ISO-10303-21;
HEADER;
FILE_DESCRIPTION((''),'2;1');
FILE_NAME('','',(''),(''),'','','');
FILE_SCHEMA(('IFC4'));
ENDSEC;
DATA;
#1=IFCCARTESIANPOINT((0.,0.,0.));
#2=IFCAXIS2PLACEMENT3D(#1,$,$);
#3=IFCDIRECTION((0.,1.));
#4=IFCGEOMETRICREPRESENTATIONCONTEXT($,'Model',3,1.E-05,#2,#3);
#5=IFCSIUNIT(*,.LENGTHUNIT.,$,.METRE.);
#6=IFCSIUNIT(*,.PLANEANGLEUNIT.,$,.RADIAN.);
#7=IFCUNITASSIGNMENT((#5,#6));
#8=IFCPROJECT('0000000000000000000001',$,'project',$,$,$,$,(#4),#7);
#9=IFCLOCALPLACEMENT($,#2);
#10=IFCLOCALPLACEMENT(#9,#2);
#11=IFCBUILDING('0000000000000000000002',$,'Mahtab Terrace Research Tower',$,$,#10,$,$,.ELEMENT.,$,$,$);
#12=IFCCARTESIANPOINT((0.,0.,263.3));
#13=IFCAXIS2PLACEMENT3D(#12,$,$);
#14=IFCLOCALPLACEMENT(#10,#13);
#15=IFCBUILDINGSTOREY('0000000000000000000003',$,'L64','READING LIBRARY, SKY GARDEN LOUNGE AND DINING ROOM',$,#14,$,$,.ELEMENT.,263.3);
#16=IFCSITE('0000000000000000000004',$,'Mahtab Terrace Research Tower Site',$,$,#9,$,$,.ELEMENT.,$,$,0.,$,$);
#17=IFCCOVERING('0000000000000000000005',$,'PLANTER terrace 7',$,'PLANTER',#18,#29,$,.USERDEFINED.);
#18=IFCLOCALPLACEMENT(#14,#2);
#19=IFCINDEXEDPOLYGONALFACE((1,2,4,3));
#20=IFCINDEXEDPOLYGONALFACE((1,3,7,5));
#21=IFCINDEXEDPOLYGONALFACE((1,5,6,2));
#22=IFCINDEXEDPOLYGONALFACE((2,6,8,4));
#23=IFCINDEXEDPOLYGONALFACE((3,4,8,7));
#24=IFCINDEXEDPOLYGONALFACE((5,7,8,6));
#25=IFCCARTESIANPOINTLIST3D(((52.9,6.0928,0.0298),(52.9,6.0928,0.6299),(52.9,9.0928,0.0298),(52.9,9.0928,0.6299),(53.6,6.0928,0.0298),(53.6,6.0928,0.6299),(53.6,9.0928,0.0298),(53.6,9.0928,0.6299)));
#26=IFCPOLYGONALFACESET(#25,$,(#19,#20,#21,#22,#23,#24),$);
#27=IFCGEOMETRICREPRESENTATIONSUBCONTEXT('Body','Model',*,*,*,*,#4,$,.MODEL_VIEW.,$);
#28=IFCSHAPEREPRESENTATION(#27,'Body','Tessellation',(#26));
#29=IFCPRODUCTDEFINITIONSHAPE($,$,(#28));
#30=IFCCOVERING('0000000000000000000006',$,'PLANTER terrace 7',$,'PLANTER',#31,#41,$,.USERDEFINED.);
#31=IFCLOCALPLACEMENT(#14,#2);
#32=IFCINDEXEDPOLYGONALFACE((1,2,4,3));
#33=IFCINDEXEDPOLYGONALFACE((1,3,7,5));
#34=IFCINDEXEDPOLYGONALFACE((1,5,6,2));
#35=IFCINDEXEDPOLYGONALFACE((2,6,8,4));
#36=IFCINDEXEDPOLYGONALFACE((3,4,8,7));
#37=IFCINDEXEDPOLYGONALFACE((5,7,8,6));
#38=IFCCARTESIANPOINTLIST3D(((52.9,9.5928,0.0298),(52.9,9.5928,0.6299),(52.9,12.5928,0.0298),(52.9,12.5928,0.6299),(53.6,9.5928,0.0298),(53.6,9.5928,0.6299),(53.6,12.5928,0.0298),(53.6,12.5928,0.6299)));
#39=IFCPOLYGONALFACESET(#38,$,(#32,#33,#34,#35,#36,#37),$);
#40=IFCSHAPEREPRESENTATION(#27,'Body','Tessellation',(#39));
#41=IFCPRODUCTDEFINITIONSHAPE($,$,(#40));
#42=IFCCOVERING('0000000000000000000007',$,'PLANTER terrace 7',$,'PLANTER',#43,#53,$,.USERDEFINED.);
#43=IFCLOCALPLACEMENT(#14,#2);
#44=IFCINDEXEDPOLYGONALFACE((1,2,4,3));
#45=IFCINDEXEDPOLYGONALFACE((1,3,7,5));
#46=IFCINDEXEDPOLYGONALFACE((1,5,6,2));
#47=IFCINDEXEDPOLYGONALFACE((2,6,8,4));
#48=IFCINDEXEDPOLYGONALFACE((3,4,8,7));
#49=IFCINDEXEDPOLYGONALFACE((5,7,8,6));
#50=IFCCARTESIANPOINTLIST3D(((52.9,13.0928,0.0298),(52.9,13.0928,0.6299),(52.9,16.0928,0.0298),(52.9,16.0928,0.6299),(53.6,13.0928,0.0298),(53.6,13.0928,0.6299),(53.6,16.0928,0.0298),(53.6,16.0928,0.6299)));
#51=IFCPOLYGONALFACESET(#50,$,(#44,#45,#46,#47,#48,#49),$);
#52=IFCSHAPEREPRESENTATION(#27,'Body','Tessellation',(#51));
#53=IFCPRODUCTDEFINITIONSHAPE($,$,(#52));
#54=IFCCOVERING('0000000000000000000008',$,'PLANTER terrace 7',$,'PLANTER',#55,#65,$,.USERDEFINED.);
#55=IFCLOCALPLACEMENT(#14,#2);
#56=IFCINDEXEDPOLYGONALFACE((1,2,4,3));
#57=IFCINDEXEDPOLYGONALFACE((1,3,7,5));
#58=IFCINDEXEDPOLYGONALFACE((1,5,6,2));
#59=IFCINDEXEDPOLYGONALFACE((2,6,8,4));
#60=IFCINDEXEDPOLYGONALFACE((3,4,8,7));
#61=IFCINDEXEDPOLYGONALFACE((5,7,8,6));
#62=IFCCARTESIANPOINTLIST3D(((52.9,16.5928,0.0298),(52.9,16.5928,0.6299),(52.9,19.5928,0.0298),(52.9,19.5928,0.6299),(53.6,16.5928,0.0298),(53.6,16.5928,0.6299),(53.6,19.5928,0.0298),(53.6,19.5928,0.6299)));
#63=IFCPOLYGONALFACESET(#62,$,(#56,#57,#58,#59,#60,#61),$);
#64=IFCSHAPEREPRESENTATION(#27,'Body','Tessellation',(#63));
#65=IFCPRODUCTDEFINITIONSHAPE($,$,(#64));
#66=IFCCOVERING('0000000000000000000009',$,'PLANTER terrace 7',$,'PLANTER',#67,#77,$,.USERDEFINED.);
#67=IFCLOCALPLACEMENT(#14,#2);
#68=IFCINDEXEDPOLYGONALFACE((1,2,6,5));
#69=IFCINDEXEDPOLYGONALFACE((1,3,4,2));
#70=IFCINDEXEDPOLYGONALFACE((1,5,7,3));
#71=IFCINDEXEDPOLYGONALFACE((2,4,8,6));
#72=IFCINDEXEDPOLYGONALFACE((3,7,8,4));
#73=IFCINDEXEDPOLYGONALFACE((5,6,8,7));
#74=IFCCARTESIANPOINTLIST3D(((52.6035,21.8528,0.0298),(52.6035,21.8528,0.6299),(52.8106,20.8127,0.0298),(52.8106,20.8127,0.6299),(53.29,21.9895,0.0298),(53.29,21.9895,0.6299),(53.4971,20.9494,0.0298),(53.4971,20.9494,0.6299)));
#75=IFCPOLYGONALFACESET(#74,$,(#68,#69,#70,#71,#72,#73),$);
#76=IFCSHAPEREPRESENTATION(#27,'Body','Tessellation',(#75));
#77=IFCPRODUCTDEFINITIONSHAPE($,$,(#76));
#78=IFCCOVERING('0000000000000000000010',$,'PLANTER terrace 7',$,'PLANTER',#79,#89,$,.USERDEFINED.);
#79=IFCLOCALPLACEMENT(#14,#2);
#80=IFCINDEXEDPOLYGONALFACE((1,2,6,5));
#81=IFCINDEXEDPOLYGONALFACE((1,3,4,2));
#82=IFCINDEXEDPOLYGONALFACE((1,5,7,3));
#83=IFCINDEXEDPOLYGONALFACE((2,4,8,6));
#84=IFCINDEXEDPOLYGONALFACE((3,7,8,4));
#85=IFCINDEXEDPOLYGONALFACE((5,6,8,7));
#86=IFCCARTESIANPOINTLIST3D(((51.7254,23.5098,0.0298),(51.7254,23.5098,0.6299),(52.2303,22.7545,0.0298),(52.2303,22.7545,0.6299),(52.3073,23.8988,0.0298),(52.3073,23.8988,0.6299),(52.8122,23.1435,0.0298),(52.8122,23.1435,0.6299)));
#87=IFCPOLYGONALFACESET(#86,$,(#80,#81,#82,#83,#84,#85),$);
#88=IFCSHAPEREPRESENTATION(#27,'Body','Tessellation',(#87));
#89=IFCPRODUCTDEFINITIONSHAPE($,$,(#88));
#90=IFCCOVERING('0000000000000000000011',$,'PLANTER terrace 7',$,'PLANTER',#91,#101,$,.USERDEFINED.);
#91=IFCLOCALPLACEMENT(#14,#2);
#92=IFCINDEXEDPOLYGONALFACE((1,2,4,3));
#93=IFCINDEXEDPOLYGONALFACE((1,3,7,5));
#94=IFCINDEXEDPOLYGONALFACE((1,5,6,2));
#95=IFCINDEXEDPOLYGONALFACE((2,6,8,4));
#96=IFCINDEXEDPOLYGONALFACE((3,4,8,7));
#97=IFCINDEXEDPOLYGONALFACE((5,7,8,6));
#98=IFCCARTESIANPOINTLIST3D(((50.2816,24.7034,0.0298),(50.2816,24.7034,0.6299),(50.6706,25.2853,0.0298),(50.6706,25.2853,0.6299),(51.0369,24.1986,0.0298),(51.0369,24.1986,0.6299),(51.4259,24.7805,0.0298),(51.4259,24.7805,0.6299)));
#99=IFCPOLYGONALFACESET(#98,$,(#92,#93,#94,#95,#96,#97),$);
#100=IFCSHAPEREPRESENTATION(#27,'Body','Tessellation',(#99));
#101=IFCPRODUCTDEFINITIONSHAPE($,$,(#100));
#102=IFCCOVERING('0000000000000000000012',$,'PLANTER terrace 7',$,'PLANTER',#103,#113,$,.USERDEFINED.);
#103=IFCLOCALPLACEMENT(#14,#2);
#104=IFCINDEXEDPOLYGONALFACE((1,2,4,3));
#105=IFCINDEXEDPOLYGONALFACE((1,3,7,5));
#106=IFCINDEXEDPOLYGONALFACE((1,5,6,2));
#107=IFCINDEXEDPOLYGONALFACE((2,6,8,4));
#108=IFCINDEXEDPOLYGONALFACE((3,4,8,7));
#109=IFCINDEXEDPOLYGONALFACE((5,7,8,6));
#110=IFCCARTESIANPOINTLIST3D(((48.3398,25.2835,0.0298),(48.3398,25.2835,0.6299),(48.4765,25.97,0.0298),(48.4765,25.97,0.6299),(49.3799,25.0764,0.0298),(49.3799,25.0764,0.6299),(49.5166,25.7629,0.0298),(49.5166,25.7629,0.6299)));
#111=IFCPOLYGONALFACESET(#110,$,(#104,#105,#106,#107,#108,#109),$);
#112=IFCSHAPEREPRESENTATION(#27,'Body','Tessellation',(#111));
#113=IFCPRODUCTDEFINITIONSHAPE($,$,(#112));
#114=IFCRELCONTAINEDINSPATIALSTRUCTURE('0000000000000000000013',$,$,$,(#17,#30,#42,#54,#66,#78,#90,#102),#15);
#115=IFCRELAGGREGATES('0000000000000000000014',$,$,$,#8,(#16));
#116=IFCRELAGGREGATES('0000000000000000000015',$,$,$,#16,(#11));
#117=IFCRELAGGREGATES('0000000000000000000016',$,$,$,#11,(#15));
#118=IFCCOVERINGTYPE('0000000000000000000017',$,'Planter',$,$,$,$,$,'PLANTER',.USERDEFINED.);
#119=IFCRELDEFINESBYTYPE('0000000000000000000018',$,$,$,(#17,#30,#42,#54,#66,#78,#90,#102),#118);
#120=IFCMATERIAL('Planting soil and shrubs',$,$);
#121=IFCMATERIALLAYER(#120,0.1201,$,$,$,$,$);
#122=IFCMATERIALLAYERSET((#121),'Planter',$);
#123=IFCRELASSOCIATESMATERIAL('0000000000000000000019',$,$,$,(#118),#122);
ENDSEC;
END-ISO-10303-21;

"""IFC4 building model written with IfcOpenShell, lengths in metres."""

from ifc_helpers import new_model, si_unit, direction, frame, origin, origin_2d, place, context, subcontext, project, spatial, rectangle, extrude, material, layer, layer_set, type_object, element, save


model = new_model("IFC4")

# Units and contexts
model_context = context("Model", 3, precision=1e-05, world=origin(), true_north=direction((0.0, 1.0)))
body_context = subcontext(model_context, "Body", "Model", "MODEL_VIEW")
ifc_project = project(units=[si_unit("LENGTHUNIT", "METRE"), si_unit("PLANEANGLEUNIT", "RADIAN")], contexts=[model_context])

# Site, building, storey
site_placement = place(None, origin())
site = spatial("IfcSite", under=ifc_project, at=site_placement, Name="Mahtab Terrace Research Tower Site", CompositionType="ELEMENT", RefElevation=0.0)
building_placement = place(site_placement, origin())
building = spatial("IfcBuilding", under=site, at=building_placement, Name="Mahtab Terrace Research Tower", CompositionType="ELEMENT")
storey_placement = place(building_placement, frame((0.0, 0.0, 263.3)))
storey = spatial("IfcBuildingStorey", under=building, at=storey_placement, Name="L64", Description="READING LIBRARY, SKY GARDEN LOUNGE AND DINING ROOM", CompositionType="ELEMENT", Elevation=263.3)

# Coverings
ifc_material_1 = material(Name="Planting soil and shrubs")
ifc_layer_1 = layer(ifc_material_1, 0.1201)
ifc_layer_set_1 = layer_set([ifc_layer_1], Name="Planter")
covering_type_1 = type_object("IfcCoveringType", Name="Planter", ElementType="PLANTER", PredefinedType="USERDEFINED", material=ifc_layer_set_1)
for number, where, z_axis, x_axis, name in (
    (1, (53.25, 7.5928, 0.0298), (0.0, 0.0, 1.0), (0.0, 1.0, 0.0), "PLANTER terrace 7"),
    (2, (53.25, 11.0928, 0.0298), (0.0, 0.0, 1.0), (0.0, 1.0, 0.0), "PLANTER terrace 7"),
    (3, (53.25, 14.5928, 0.0298), (0.0, 0.0, 1.0), (0.0, 1.0, 0.0), "PLANTER terrace 7"),
    (4, (53.25, 18.0928, 0.0298), (0.0, 0.0, 1.0), (0.0, 1.0, 0.0), "PLANTER terrace 7"),
):
    element("IfcCovering", number, at=place(storey_placement, frame(where, z_axis=z_axis, x_axis=x_axis)), inside=storey, type_object=covering_type_1, Name=name, ObjectType="PLANTER", PredefinedType="USERDEFINED", context=body_context, shape_type="SweptSolid", body=[
        extrude(rectangle(XDim=3.0, YDim=0.7, at=origin_2d()), origin(), (0.0, 0.0, 1.0), 0.6001),
    ])
covering_1_placement = place(storey_placement, frame((53.0503, 21.4011, 0.0298), z_axis=(0.0, 0.0, 1.0), x_axis=(-0.195304, 0.980743, 0.0)))
element("IfcCovering", 5, at=covering_1_placement, inside=storey, type_object=covering_type_1, Name="PLANTER terrace 7", ObjectType="PLANTER", PredefinedType="USERDEFINED", context=body_context, shape_type="SweptSolid", body=[
    extrude(rectangle(XDim=1.0605, YDim=0.7, at=origin_2d()), origin(), (0.0, 0.0, 1.0), 0.6001),
])
for number, where, z_axis, x_axis, name in (
    (6, (52.2688, 23.3267, 0.0298), (0.0, 0.0, 1.0), (-0.555757, 0.831344, 0.0), "PLANTER terrace 7"),
    (7, (50.8538, 24.7419, 0.0298), (0.0, 0.0, 1.0), (-0.831344, 0.555757, 0.0), "PLANTER terrace 7"),
):
    element("IfcCovering", number, at=place(storey_placement, frame(where, z_axis=z_axis, x_axis=x_axis)), inside=storey, type_object=covering_type_1, Name=name, ObjectType="PLANTER", PredefinedType="USERDEFINED", context=body_context, shape_type="SweptSolid", body=[
        extrude(rectangle(XDim=0.9084, YDim=0.7, at=origin_2d()), origin(), (0.0, 0.0, 1.0), 0.6001),
    ])
covering_2_placement = place(storey_placement, frame((48.9282, 25.5232, 0.0298), z_axis=(0.0, 0.0, 1.0), x_axis=(-0.980743, 0.195304, 0.0)))
element("IfcCovering", 8, at=covering_2_placement, inside=storey, type_object=covering_type_1, Name="PLANTER terrace 7", ObjectType="PLANTER", PredefinedType="USERDEFINED", context=body_context, shape_type="SweptSolid", body=[
    extrude(rectangle(XDim=1.0605, YDim=0.7, at=origin_2d()), origin(), (0.0, 0.0, 1.0), 0.6001),
])

save(model, "model.ifc")
